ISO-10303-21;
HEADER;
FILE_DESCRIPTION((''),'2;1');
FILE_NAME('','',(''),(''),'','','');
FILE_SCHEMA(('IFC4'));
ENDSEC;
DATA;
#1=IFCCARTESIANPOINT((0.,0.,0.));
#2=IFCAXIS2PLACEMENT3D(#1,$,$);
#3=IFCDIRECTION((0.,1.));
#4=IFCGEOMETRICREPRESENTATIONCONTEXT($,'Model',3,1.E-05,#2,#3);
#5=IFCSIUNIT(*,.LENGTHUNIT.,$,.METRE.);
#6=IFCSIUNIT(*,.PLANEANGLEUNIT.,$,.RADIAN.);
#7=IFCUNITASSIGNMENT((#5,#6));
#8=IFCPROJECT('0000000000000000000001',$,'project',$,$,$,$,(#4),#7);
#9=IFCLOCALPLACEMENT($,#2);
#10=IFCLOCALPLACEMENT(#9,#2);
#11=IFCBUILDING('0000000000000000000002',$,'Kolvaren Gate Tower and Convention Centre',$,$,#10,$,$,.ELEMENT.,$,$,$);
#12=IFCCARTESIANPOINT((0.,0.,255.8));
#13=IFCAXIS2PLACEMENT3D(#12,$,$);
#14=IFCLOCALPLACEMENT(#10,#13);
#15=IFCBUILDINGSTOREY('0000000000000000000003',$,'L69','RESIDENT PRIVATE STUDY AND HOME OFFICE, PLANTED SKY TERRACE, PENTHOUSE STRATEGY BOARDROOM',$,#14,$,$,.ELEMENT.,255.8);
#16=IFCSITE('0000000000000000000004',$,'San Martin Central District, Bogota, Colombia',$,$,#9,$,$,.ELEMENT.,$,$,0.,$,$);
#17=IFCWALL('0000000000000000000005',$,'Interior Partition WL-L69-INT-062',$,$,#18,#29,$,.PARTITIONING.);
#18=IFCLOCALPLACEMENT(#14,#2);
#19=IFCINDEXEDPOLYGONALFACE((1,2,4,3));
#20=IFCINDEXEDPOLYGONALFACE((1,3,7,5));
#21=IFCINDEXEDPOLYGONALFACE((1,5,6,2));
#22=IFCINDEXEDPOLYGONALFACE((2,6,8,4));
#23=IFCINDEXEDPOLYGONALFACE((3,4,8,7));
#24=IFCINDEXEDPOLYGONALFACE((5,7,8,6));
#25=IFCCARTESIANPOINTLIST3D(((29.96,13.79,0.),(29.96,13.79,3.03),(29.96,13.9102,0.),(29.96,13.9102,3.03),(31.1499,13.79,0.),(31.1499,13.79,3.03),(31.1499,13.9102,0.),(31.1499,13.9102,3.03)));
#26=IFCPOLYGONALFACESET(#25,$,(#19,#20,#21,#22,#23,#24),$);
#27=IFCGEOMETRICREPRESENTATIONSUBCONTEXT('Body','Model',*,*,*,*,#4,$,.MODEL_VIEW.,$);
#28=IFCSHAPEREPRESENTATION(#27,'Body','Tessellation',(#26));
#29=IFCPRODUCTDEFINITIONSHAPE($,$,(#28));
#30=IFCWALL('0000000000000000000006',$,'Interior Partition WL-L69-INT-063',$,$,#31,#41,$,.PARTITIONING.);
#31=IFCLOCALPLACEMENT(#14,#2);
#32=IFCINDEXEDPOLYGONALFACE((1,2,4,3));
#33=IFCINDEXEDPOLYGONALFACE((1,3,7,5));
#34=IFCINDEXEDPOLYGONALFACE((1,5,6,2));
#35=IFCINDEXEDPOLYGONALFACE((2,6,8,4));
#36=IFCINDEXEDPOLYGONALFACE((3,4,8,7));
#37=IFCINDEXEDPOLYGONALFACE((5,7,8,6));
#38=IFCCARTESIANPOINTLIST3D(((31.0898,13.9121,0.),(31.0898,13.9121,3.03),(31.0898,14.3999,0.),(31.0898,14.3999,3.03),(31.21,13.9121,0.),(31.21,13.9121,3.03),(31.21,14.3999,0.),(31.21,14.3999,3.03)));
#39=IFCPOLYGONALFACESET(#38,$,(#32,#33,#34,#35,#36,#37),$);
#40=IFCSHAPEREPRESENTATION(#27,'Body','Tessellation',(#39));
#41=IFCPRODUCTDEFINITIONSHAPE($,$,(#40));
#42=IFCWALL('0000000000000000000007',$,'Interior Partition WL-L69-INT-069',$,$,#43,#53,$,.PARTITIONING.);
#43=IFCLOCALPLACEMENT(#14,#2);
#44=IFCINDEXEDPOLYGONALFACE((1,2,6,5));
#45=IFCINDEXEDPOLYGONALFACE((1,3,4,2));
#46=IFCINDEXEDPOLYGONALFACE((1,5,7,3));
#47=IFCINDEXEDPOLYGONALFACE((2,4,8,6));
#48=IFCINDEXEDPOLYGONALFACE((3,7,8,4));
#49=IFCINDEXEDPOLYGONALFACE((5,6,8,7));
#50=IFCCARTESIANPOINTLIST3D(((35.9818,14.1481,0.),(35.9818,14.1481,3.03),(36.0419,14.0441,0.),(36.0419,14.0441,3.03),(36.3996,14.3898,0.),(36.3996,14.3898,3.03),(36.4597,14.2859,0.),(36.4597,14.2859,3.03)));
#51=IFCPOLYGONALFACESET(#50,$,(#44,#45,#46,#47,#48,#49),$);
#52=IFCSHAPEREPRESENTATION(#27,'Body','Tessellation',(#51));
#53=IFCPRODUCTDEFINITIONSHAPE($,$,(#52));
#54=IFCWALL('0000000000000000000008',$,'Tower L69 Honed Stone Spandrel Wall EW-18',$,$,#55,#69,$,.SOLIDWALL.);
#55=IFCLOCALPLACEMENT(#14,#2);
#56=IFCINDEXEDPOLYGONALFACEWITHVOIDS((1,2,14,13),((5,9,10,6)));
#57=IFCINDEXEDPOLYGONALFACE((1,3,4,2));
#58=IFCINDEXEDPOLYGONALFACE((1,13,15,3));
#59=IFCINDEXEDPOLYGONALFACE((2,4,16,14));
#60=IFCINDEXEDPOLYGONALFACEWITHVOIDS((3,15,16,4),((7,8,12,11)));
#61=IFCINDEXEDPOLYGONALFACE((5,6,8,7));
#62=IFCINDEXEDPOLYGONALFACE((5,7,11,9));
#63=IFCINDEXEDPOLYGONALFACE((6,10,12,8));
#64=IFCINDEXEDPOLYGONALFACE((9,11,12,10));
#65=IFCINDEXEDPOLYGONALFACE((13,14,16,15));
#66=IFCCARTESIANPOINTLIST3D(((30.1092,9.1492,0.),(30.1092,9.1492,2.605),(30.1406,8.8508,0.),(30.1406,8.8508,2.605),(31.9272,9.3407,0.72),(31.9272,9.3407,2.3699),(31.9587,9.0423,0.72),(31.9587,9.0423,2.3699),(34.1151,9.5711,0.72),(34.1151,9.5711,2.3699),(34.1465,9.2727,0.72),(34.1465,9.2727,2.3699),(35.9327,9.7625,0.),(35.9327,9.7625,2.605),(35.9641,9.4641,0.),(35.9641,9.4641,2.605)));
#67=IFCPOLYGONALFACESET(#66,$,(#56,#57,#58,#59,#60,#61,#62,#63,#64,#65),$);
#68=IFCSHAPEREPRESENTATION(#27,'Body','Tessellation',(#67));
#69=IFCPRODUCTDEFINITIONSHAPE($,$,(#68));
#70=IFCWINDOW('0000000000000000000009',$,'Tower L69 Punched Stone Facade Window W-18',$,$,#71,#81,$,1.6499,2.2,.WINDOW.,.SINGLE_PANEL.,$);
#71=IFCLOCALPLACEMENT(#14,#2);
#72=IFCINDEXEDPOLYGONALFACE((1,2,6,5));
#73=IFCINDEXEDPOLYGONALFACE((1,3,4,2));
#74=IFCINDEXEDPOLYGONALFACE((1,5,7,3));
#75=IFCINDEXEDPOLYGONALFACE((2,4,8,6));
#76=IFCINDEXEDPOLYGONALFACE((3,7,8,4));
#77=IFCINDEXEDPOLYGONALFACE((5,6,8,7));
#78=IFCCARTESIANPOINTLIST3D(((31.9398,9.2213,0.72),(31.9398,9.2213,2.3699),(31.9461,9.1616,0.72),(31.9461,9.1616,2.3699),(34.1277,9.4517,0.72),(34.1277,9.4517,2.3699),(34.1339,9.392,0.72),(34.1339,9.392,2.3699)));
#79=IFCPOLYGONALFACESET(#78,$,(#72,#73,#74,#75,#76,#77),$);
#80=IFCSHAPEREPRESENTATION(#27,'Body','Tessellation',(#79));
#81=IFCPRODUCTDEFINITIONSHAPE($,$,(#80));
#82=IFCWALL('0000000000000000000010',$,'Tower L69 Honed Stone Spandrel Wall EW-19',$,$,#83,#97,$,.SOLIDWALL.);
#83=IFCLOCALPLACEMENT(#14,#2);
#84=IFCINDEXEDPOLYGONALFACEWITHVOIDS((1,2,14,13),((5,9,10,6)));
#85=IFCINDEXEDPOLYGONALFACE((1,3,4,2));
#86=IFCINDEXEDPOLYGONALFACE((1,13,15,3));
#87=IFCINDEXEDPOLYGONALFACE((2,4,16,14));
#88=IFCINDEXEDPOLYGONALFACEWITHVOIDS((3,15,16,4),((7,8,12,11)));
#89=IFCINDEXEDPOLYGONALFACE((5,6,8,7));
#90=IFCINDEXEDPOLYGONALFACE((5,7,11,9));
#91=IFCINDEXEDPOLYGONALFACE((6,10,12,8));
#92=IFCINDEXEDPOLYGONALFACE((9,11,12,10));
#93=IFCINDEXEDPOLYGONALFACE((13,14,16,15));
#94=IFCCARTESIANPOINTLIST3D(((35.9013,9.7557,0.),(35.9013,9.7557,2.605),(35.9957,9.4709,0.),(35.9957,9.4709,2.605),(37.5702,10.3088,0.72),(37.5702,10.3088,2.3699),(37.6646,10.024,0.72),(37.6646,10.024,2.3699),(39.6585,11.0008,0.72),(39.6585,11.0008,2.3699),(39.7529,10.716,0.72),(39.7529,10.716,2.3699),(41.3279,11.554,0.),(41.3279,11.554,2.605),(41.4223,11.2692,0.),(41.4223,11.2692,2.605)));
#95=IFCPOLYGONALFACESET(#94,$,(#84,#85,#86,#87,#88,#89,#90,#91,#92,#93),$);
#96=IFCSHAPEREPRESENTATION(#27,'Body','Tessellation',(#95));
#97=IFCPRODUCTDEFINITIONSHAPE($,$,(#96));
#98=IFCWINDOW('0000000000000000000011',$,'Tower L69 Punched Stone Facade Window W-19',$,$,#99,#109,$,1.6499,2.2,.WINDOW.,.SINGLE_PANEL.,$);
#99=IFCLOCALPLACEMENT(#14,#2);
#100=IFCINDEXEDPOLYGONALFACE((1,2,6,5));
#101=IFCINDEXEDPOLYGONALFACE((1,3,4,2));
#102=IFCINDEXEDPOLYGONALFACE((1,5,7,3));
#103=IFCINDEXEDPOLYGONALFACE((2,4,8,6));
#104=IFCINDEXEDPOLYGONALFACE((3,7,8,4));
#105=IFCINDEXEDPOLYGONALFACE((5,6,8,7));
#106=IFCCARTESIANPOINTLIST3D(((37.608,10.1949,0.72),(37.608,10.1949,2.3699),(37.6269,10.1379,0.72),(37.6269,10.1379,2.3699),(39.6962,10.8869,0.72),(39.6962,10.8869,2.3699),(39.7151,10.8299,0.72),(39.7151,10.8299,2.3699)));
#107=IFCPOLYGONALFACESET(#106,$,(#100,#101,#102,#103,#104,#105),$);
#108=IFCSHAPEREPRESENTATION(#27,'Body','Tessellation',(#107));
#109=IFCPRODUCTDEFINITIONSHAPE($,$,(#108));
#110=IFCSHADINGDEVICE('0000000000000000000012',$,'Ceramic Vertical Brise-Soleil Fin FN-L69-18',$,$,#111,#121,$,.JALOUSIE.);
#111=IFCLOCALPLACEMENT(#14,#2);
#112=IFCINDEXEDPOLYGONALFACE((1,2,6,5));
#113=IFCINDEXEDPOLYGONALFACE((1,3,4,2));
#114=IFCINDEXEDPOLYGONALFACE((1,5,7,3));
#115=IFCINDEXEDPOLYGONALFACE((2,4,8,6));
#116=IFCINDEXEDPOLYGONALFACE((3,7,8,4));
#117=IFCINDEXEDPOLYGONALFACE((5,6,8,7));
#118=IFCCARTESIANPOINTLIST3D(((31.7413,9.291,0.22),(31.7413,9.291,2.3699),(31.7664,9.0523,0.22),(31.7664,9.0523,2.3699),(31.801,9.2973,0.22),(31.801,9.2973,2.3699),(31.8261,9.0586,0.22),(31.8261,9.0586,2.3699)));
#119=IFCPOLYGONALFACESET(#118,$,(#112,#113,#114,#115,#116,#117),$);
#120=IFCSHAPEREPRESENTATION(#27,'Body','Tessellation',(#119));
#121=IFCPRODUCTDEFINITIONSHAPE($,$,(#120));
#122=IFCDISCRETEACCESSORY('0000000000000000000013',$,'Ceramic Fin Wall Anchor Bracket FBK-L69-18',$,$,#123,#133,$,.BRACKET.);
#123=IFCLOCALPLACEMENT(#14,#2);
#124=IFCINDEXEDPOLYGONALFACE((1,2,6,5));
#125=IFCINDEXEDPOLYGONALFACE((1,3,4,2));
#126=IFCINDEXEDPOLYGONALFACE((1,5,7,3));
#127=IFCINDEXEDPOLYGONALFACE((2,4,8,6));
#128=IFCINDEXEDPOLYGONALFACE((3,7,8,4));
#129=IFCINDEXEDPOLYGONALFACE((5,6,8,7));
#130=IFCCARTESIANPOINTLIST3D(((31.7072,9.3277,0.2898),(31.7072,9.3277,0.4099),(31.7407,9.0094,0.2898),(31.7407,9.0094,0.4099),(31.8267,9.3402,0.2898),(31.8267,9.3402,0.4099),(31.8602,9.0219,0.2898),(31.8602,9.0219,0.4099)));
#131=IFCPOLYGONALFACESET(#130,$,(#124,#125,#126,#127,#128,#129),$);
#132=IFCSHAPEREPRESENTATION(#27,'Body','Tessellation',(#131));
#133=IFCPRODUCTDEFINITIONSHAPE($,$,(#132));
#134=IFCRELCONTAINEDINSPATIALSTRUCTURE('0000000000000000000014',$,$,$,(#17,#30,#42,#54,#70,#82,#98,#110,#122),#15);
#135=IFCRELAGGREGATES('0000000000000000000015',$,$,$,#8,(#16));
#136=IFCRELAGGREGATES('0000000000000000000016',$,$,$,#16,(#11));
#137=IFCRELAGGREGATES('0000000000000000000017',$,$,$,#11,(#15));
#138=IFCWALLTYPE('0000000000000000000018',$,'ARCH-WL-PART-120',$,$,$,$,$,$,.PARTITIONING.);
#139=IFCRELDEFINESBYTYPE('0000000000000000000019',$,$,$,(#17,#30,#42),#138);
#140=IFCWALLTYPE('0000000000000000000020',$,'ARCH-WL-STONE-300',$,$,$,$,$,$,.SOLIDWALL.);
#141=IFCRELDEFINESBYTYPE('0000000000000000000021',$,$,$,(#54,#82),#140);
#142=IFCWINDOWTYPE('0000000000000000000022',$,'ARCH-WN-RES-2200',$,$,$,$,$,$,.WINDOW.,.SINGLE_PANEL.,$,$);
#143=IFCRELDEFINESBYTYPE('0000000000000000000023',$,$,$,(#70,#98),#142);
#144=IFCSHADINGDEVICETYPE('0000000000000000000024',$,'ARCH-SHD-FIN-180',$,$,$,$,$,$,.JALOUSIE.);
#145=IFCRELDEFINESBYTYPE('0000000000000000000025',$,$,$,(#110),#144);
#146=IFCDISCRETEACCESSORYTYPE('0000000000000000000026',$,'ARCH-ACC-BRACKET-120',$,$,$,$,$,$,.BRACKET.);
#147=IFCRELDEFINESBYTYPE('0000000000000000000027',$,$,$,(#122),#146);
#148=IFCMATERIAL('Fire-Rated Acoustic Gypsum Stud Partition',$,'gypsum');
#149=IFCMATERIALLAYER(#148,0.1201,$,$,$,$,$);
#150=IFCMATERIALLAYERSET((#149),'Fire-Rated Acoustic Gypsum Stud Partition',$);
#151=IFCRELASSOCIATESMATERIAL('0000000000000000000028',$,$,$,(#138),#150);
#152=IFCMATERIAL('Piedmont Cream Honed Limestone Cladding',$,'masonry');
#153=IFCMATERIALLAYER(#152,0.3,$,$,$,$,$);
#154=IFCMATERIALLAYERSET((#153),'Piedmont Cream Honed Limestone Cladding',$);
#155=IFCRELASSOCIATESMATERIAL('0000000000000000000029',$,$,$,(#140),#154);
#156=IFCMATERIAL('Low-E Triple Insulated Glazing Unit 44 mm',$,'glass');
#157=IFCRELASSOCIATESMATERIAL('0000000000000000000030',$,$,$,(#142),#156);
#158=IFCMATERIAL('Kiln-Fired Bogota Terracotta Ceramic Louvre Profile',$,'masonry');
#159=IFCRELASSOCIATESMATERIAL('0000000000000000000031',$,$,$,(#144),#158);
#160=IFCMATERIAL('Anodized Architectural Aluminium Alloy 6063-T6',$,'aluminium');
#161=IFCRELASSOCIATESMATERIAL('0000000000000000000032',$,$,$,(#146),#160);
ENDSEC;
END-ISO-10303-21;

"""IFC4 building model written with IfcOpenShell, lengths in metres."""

from ifc_helpers import new_model, si_unit, direction, frame, frame_2d, origin, origin_2d, place, context, subcontext, project, spatial, rectangle, extrude, material, layer, layer_set, type_object, element, fill, save


model = new_model("IFC4")

# Units and contexts
model_context = context("Model", 3, precision=1e-05, world=origin(), true_north=direction((0.0, 1.0)))
body_context = subcontext(model_context, "Body", "Model", "MODEL_VIEW")
ifc_project = project(units=[si_unit("LENGTHUNIT", "METRE"), si_unit("PLANEANGLEUNIT", "RADIAN")], contexts=[model_context])

# Site, building, storey
site_placement = place(None, origin())
site = spatial("IfcSite", under=ifc_project, at=site_placement, Name="San Martin Central District, Bogota, Colombia", CompositionType="ELEMENT", RefElevation=0.0)
building_placement = place(site_placement, origin())
building = spatial("IfcBuilding", under=site, at=building_placement, Name="Kolvaren Gate Tower and Convention Centre", CompositionType="ELEMENT")
storey_placement = place(building_placement, frame((0.0, 0.0, 255.8)))
storey = spatial("IfcBuildingStorey", under=building, at=storey_placement, Name="L69", Description="RESIDENT PRIVATE STUDY AND HOME OFFICE, PLANTED SKY TERRACE, PENTHOUSE STRATEGY BOARDROOM", CompositionType="ELEMENT", Elevation=255.8)

# Walls
ifc_material_1 = material(Name="Fire-Rated Acoustic Gypsum Stud Partition", Category="gypsum")
ifc_layer_1 = layer(ifc_material_1, 0.1201)
ifc_layer_set_1 = layer_set([ifc_layer_1], Name="Fire-Rated Acoustic Gypsum Stud Partition")
wall_type_1 = type_object("IfcWallType", Name="ARCH-WL-PART-120", PredefinedType="PARTITIONING", material=ifc_layer_set_1)
wall_1_placement = place(storey_placement, frame((29.96, 13.8501, 0.0), z_axis=(0.0, 0.0, 1.0), x_axis=(1.0, 0.0, 0.0)))
element("IfcWall", 1, at=wall_1_placement, inside=storey, type_object=wall_type_1, Name="Interior Partition WL-L69-INT-062", PredefinedType="PARTITIONING", context=body_context, shape_type="SweptSolid", body=[
    extrude(rectangle(XDim=1.1899, YDim=0.1201, at=frame_2d((0.595, 0.0))), origin(), (0.0, 0.0, 1.0), 3.03),
])
wall_2_placement = place(storey_placement, frame((31.1499, 13.9121, 0.0), z_axis=(0.0, 0.0, 1.0), x_axis=(0.0, 1.0, 0.0)))
element("IfcWall", 2, at=wall_2_placement, inside=storey, type_object=wall_type_1, Name="Interior Partition WL-L69-INT-063", PredefinedType="PARTITIONING", context=body_context, shape_type="SweptSolid", body=[
    extrude(rectangle(XDim=0.4878, YDim=0.1201, at=frame_2d((0.2439, 0.0))), origin(), (0.0, 0.0, 1.0), 3.03),
])
wall_3_placement = place(storey_placement, frame((36.012, 14.0962, 0.0), z_axis=(0.0, 0.0, 1.0), x_axis=(0.865553, 0.500817, 0.0)))
element("IfcWall", 3, at=wall_3_placement, inside=storey, type_object=wall_type_1, Name="Interior Partition WL-L69-INT-069", PredefinedType="PARTITIONING", context=body_context, shape_type="SweptSolid", body=[
    extrude(rectangle(XDim=0.4827, YDim=0.1201, at=frame_2d((0.2412, 0.0))), origin(), (0.0, 0.0, 1.0), 3.03),
])

# Walls, openings, windows
ifc_material_2 = material(Name="Piedmont Cream Honed Limestone Cladding", Category="masonry")
ifc_layer_2 = layer(ifc_material_2, 0.3)
ifc_layer_set_2 = layer_set([ifc_layer_2], Name="Piedmont Cream Honed Limestone Cladding")
wall_type_2 = type_object("IfcWallType", Name="ARCH-WL-STONE-300", PredefinedType="SOLIDWALL", material=ifc_layer_set_2)
wall_4_placement = place(storey_placement, frame((30.125, 9.0, 0.0), z_axis=(0.0, 0.0, 1.0), x_axis=(0.9945, 0.104733, 0.0)))
wall_4 = element("IfcWall", 4, at=wall_4_placement, inside=storey, type_object=wall_type_2, Name="Tower L69 Honed Stone Spandrel Wall EW-18", PredefinedType="SOLIDWALL", context=body_context, shape_type="SweptSolid", body=[
    extrude(rectangle(XDim=5.8557, YDim=0.3, at=frame_2d((2.9277, 0.0))), origin(), (0.0, 0.0, 1.0), 2.605),
])
opening_1_placement = place(wall_4_placement, frame((1.8279, 0.0, 0.72)))
opening_1 = element("IfcOpeningElement", 5, at=opening_1_placement, cuts=wall_4, PredefinedType="OPENING", context=body_context, shape_type="SweptSolid", body=[
    extrude(rectangle(XDim=2.2, YDim=1.6499, at=frame_2d((1.1001, 0.825))), frame((0.0, 0.1599, 0.0), z_axis=(0.0, -1.0, 0.0), x_axis=(1.0, 0.0, 0.0)), (0.0, 0.0, 1.0), 0.3201),
])
ifc_material_3 = material(Name="Low-E Triple Insulated Glazing Unit 44 mm", Category="glass")
window_type = type_object("IfcWindowType", Name="ARCH-WN-RES-2200", PartitioningType="SINGLE_PANEL", PredefinedType="WINDOW", material=ifc_material_3)
window_1_placement = place(opening_1_placement, origin())
window_1 = element("IfcWindow", 6, at=window_1_placement, inside=storey, type_object=window_type, Name="Tower L69 Punched Stone Facade Window W-18", OverallHeight=1.6499, OverallWidth=2.2, PartitioningType="SINGLE_PANEL", PredefinedType="WINDOW", context=body_context, shape_type="SweptSolid", body=[
    extrude(rectangle(XDim=2.2, YDim=1.6499, at=frame_2d((1.1001, 0.825))), frame((0.0, 0.03, 0.0), z_axis=(0.0, -1.0, 0.0), x_axis=(1.0, 0.0, 0.0)), (0.0, 0.0, 1.0), 0.0601),
])
fill(opening_1, window_1)
wall_5_placement = place(storey_placement, frame((35.9485, 9.6133, 0.0), z_axis=(0.0, 0.0, 1.0), x_axis=(0.949233, 0.314575, 0.0)))
wall_5 = element("IfcWall", 7, at=wall_5_placement, inside=storey, type_object=wall_type_2, Name="Tower L69 Honed Stone Spandrel Wall EW-19", PredefinedType="SOLIDWALL", context=body_context, shape_type="SweptSolid", body=[
    extrude(rectangle(XDim=5.7168, YDim=0.3, at=frame_2d((2.8584, 0.0))), origin(), (0.0, 0.0, 1.0), 2.605),
])
opening_2_placement = place(wall_5_placement, frame((1.7581, 0.0, 0.72)))
opening_2 = element("IfcOpeningElement", 8, at=opening_2_placement, cuts=wall_5, PredefinedType="OPENING", context=body_context, shape_type="SweptSolid", body=[
    extrude(rectangle(XDim=2.2, YDim=1.6499, at=frame_2d((1.1001, 0.825))), frame((0.0, 0.1599, 0.0), z_axis=(0.0, -1.0, 0.0), x_axis=(1.0, 0.0, 0.0)), (0.0, 0.0, 1.0), 0.3201),
])
window_2_placement = place(opening_2_placement, origin())
window_2 = element("IfcWindow", 9, at=window_2_placement, inside=storey, type_object=window_type, Name="Tower L69 Punched Stone Facade Window W-19", OverallHeight=1.6499, OverallWidth=2.2, PartitioningType="SINGLE_PANEL", PredefinedType="WINDOW", context=body_context, shape_type="SweptSolid", body=[
    extrude(rectangle(XDim=2.2, YDim=1.6499, at=frame_2d((1.1001, 0.825))), frame((0.0, 0.03, 0.0), z_axis=(0.0, -1.0, 0.0), x_axis=(1.0, 0.0, 0.0)), (0.0, 0.0, 1.0), 0.0601),
])
fill(opening_2, window_2)

# Shading device
ifc_material_4 = material(Name="Kiln-Fired Bogota Terracotta Ceramic Louvre Profile", Category="masonry")
shading_device_type = type_object("IfcShadingDeviceType", Name="ARCH-SHD-FIN-180", PredefinedType="JALOUSIE", material=ifc_material_4)
shading_device_placement = place(storey_placement, frame((31.7837, 9.1748, 0.22), z_axis=(0.0, 0.0, 1.0), x_axis=(0.9945, 0.104737, 0.0)))
element("IfcShadingDevice", 10, at=shading_device_placement, inside=storey, type_object=shading_device_type, Name="Ceramic Vertical Brise-Soleil Fin FN-L69-18", PredefinedType="JALOUSIE", context=body_context, shape_type="SweptSolid", body=[
    extrude(rectangle(XDim=0.0601, YDim=0.24, at=origin_2d()), origin(), (0.0, 0.0, 1.0), 2.1499),
])

# Discrete accessory
ifc_material_5 = material(Name="Anodized Architectural Aluminium Alloy 6063-T6", Category="aluminium")
discrete_accessory_type = type_object("IfcDiscreteAccessoryType", Name="ARCH-ACC-BRACKET-120", PredefinedType="BRACKET", material=ifc_material_5)
discrete_accessory_placement = place(storey_placement, frame((31.7837, 9.1748, 0.2898), z_axis=(0.0, 0.0, 1.0), x_axis=(0.9945, 0.104737, 0.0)))
element("IfcDiscreteAccessory", 11, at=discrete_accessory_placement, inside=storey, type_object=discrete_accessory_type, Name="Ceramic Fin Wall Anchor Bracket FBK-L69-18", PredefinedType="BRACKET", context=body_context, shape_type="SweptSolid", body=[
    extrude(rectangle(XDim=0.1201, YDim=0.3201, at=origin_2d()), origin(), (0.0, 0.0, 1.0), 0.1201),
])

save(model, "model.ifc")
